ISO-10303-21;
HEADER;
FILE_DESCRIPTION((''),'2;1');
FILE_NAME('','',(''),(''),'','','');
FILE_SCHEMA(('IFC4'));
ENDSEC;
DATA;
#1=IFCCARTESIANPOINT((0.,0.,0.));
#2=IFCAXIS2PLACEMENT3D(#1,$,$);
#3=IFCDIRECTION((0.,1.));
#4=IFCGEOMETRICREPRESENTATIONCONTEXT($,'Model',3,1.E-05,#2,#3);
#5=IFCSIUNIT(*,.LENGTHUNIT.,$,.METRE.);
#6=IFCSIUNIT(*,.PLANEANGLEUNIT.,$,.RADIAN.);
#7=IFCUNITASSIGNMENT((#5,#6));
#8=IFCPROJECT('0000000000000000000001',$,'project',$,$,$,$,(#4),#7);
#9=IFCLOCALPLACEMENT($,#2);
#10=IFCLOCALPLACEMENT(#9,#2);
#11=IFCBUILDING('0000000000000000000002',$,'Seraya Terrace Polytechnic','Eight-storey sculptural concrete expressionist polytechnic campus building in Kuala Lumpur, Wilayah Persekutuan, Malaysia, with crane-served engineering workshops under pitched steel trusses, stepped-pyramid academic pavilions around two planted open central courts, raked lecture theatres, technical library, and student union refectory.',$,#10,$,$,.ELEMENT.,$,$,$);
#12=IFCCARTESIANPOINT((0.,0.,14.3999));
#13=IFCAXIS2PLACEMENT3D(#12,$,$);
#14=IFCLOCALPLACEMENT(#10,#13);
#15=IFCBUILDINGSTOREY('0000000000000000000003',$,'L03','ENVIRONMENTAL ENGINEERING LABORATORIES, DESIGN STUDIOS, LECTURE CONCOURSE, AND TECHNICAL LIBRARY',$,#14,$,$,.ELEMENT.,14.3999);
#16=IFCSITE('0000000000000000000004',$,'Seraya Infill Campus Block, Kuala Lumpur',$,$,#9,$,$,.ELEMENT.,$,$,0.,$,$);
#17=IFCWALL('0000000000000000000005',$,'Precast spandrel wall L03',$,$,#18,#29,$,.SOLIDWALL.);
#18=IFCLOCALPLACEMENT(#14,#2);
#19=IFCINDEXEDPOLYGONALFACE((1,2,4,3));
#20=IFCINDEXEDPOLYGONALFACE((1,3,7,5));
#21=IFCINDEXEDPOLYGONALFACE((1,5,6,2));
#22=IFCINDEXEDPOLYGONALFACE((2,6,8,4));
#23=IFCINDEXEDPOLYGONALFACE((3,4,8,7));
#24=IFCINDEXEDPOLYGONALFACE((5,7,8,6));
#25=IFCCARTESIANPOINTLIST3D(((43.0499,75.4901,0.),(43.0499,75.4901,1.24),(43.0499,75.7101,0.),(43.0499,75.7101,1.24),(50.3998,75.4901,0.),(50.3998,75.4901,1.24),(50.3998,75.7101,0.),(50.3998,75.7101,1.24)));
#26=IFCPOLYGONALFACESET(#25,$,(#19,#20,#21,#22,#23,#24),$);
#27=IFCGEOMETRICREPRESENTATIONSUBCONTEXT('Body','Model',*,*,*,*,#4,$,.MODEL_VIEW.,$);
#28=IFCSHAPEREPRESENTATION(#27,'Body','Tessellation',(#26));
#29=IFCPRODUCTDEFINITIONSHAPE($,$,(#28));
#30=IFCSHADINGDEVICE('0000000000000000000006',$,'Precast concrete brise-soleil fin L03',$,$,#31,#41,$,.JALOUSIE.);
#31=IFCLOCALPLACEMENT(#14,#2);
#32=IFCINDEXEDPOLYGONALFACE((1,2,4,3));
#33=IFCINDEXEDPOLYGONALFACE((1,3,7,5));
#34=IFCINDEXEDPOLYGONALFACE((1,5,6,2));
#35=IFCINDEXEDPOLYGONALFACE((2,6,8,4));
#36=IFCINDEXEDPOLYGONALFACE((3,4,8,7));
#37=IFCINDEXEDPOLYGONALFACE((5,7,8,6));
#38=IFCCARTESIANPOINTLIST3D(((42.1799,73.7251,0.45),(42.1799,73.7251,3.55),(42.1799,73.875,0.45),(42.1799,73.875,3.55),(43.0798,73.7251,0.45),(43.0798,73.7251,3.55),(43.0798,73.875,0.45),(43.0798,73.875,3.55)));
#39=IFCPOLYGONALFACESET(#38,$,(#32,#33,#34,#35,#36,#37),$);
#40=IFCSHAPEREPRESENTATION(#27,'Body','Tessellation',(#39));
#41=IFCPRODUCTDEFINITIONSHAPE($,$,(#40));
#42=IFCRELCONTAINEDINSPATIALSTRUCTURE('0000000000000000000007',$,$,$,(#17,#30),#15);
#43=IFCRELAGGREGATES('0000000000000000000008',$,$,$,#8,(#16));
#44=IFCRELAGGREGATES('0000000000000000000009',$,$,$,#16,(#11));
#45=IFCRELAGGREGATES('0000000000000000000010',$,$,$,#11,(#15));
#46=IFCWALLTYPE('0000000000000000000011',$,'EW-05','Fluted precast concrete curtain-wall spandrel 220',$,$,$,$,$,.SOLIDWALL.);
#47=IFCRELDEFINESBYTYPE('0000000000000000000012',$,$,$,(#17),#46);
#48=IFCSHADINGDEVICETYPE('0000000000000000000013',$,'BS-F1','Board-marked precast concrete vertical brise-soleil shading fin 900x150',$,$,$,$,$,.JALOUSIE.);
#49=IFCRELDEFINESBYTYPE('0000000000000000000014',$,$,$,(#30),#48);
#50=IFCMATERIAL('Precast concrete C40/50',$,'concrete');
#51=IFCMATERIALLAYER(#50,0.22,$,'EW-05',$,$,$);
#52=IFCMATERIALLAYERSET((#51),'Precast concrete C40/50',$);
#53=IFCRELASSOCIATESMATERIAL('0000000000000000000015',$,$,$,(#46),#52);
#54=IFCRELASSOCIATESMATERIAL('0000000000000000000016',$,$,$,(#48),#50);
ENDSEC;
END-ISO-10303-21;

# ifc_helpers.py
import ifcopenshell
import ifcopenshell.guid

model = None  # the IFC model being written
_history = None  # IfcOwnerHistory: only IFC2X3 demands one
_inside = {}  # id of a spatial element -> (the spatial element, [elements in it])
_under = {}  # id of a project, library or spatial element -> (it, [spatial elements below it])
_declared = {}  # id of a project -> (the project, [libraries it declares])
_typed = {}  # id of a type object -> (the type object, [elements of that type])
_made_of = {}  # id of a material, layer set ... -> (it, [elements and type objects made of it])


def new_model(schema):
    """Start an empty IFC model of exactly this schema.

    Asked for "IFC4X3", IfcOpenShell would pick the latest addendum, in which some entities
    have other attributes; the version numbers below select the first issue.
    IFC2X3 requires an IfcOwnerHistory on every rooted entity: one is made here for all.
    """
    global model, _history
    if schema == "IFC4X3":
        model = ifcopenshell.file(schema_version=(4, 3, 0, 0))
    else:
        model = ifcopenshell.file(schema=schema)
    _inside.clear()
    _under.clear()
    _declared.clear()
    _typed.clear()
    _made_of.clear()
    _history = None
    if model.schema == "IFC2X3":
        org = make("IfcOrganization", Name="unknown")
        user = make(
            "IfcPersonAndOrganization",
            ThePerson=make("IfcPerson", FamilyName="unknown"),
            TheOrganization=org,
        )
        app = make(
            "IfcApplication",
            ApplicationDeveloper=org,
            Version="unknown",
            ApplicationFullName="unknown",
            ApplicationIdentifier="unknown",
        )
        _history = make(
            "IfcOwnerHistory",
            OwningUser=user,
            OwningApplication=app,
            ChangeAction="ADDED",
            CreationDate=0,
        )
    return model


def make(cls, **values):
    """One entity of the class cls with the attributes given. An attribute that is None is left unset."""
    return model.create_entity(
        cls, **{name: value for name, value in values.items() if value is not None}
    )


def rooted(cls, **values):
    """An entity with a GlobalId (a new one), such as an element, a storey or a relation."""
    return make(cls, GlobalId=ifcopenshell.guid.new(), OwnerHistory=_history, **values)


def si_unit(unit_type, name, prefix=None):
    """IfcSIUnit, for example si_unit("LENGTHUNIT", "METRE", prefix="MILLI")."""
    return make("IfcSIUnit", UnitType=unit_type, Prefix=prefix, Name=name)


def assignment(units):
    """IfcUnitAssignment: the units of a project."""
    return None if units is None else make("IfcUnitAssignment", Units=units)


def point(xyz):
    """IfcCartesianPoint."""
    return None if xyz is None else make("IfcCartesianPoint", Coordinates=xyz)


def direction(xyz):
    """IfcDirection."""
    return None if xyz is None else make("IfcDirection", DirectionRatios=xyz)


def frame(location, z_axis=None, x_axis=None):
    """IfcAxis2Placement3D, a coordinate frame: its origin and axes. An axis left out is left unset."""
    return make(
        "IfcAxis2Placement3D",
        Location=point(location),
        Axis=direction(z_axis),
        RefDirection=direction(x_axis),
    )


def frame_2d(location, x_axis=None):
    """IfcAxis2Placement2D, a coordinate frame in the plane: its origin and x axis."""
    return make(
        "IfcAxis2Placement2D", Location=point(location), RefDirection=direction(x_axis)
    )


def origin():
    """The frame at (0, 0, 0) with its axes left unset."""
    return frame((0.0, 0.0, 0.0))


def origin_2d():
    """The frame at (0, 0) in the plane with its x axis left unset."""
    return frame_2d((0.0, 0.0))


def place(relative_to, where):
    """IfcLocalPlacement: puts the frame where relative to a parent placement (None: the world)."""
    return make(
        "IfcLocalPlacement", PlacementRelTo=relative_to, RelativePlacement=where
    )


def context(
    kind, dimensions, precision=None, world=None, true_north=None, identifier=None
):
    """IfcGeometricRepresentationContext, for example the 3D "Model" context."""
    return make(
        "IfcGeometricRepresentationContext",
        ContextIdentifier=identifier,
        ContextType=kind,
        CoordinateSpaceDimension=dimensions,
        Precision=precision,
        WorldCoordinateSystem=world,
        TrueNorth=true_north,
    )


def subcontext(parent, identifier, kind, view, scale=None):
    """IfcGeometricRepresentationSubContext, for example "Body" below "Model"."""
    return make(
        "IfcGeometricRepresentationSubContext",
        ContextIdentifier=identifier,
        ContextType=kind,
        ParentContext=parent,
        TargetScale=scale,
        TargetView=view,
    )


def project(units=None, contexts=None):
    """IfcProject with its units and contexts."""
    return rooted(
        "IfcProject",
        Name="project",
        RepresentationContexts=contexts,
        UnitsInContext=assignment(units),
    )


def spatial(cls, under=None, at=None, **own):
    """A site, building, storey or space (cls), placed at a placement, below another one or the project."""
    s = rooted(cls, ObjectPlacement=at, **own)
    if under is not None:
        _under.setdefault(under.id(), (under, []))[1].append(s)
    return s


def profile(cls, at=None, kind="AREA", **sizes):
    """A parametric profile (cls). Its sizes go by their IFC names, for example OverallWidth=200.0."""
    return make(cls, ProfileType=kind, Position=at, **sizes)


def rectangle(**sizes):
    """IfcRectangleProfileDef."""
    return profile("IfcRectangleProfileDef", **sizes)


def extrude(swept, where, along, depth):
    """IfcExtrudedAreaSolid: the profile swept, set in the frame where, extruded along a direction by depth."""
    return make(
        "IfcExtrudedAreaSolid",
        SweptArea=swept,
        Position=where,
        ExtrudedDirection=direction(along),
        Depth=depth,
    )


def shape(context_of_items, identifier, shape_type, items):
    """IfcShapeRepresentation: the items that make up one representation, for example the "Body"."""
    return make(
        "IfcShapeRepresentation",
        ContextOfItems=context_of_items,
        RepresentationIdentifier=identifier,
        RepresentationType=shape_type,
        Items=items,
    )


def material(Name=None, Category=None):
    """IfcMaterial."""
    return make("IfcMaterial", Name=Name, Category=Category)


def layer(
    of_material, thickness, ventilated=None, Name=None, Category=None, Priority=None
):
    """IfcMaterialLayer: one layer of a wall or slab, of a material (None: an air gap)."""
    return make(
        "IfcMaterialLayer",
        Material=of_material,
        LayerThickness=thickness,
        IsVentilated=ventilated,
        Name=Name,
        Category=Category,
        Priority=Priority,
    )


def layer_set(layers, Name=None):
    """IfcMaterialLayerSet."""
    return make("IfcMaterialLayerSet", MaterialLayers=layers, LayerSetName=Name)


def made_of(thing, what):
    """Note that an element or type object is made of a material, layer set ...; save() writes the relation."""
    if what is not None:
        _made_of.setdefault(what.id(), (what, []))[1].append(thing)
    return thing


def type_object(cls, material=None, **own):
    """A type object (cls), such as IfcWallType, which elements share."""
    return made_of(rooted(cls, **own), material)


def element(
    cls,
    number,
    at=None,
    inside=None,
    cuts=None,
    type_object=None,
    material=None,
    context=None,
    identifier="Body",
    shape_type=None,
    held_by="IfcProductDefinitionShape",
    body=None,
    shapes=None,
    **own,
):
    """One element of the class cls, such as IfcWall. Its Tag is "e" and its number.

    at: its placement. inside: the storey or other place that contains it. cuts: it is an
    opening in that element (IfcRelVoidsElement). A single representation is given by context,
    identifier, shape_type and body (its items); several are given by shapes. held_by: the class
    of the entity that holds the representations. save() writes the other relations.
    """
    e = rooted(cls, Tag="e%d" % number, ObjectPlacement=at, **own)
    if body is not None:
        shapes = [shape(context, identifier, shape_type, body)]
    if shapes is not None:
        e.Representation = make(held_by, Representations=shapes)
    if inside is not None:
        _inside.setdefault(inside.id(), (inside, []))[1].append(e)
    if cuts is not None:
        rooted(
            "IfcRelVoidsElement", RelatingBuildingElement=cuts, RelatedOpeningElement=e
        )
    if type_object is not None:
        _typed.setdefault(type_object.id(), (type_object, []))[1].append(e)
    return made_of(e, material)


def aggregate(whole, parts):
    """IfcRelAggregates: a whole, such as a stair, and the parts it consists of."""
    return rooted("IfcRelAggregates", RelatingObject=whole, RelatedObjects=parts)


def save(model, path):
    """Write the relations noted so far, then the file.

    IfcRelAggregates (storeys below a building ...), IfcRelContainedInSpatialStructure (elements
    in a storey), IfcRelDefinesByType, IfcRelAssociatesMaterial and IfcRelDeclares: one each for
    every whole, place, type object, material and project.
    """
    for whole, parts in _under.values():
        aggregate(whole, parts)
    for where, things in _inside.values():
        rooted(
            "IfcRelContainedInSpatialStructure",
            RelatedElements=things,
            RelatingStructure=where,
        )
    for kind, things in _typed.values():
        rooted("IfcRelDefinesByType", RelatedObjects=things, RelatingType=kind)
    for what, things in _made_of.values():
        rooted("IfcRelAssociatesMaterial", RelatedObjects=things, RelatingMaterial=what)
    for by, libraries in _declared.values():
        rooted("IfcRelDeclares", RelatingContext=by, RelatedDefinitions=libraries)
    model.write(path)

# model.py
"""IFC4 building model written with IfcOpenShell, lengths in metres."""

from ifc_helpers import new_model, si_unit, direction, frame, frame_2d, origin, origin_2d, place, context, subcontext, project, spatial, rectangle, extrude, material, layer, layer_set, type_object, element, save


model = new_model("IFC4")

# Units and contexts
model_context = context("Model", 3, precision=1e-05, world=origin(), true_north=direction((0.0, 1.0)))
body_context = subcontext(model_context, "Body", "Model", "MODEL_VIEW")
ifc_project = project(units=[si_unit("LENGTHUNIT", "METRE"), si_unit("PLANEANGLEUNIT", "RADIAN")], contexts=[model_context])

# Site, building, storey
site_placement = place(None, origin())
site = spatial("IfcSite", under=ifc_project, at=site_placement, Name="Seraya Infill Campus Block, Kuala Lumpur", CompositionType="ELEMENT", RefElevation=0.0)
building_placement = place(site_placement, origin())
building = spatial("IfcBuilding", under=site, at=building_placement, Name="Seraya Terrace Polytechnic", Description="Eight-storey sculptural concrete expressionist polytechnic campus building in Kuala Lumpur, Wilayah Persekutuan, Malaysia, with crane-served engineering workshops under pitched steel trusses, stepped-pyramid academic pavilions around two planted open central courts, raked lecture theatres, technical library, and student union refectory.", CompositionType="ELEMENT")
storey_placement = place(building_placement, frame((0.0, 0.0, 14.3999)))
storey = spatial("IfcBuildingStorey", under=building, at=storey_placement, Name="L03", Description="ENVIRONMENTAL ENGINEERING LABORATORIES, DESIGN STUDIOS, LECTURE CONCOURSE, AND TECHNICAL LIBRARY", CompositionType="ELEMENT", Elevation=14.3999)

# Wall
ifc_material_1 = material(Name="Precast concrete C40/50", Category="concrete")
ifc_layer_1 = layer(ifc_material_1, 0.22, Name="EW-05")
ifc_layer_set_1 = layer_set([ifc_layer_1], Name="Precast concrete C40/50")
wall_type_1 = type_object("IfcWallType", Name="EW-05", Description="Fluted precast concrete curtain-wall spandrel 220", PredefinedType="SOLIDWALL", material=ifc_layer_set_1)
wall_1_placement = place(storey_placement, frame((43.05, 75.6001, 0.0), z_axis=(0.0, 0.0, 1.0), x_axis=(1.0, 0.0, 0.0)))
element("IfcWall", 1, at=wall_1_placement, inside=storey, type_object=wall_type_1, Name="Precast spandrel wall L03", PredefinedType="SOLIDWALL", context=body_context, shape_type="SweptSolid", body=[
    extrude(rectangle(XDim=7.3499, YDim=0.22, at=frame_2d((3.6748, 0.0))), origin(), (0.0, 0.0, 1.0), 1.24),
])

# Shading device
shading_device_type = type_object("IfcShadingDeviceType", Name="BS-F1", Description="Board-marked precast concrete vertical brise-soleil shading fin 900x150", PredefinedType="JALOUSIE", material=ifc_material_1)
shading_device_placement = place(storey_placement, frame((42.6299, 73.8, 0.45), z_axis=(0.0, 0.0, 1.0), x_axis=(-1.0, 0.0, 0.0)))
element("IfcShadingDevice", 2, at=shading_device_placement, inside=storey, type_object=shading_device_type, Name="Precast concrete brise-soleil fin L03", PredefinedType="JALOUSIE", context=body_context, shape_type="SweptSolid", body=[
    extrude(rectangle(XDim=0.8999, YDim=0.1499, at=origin_2d()), origin(), (0.0, 0.0, 1.0), 3.1001),
])

save(model, "model.ifc")
